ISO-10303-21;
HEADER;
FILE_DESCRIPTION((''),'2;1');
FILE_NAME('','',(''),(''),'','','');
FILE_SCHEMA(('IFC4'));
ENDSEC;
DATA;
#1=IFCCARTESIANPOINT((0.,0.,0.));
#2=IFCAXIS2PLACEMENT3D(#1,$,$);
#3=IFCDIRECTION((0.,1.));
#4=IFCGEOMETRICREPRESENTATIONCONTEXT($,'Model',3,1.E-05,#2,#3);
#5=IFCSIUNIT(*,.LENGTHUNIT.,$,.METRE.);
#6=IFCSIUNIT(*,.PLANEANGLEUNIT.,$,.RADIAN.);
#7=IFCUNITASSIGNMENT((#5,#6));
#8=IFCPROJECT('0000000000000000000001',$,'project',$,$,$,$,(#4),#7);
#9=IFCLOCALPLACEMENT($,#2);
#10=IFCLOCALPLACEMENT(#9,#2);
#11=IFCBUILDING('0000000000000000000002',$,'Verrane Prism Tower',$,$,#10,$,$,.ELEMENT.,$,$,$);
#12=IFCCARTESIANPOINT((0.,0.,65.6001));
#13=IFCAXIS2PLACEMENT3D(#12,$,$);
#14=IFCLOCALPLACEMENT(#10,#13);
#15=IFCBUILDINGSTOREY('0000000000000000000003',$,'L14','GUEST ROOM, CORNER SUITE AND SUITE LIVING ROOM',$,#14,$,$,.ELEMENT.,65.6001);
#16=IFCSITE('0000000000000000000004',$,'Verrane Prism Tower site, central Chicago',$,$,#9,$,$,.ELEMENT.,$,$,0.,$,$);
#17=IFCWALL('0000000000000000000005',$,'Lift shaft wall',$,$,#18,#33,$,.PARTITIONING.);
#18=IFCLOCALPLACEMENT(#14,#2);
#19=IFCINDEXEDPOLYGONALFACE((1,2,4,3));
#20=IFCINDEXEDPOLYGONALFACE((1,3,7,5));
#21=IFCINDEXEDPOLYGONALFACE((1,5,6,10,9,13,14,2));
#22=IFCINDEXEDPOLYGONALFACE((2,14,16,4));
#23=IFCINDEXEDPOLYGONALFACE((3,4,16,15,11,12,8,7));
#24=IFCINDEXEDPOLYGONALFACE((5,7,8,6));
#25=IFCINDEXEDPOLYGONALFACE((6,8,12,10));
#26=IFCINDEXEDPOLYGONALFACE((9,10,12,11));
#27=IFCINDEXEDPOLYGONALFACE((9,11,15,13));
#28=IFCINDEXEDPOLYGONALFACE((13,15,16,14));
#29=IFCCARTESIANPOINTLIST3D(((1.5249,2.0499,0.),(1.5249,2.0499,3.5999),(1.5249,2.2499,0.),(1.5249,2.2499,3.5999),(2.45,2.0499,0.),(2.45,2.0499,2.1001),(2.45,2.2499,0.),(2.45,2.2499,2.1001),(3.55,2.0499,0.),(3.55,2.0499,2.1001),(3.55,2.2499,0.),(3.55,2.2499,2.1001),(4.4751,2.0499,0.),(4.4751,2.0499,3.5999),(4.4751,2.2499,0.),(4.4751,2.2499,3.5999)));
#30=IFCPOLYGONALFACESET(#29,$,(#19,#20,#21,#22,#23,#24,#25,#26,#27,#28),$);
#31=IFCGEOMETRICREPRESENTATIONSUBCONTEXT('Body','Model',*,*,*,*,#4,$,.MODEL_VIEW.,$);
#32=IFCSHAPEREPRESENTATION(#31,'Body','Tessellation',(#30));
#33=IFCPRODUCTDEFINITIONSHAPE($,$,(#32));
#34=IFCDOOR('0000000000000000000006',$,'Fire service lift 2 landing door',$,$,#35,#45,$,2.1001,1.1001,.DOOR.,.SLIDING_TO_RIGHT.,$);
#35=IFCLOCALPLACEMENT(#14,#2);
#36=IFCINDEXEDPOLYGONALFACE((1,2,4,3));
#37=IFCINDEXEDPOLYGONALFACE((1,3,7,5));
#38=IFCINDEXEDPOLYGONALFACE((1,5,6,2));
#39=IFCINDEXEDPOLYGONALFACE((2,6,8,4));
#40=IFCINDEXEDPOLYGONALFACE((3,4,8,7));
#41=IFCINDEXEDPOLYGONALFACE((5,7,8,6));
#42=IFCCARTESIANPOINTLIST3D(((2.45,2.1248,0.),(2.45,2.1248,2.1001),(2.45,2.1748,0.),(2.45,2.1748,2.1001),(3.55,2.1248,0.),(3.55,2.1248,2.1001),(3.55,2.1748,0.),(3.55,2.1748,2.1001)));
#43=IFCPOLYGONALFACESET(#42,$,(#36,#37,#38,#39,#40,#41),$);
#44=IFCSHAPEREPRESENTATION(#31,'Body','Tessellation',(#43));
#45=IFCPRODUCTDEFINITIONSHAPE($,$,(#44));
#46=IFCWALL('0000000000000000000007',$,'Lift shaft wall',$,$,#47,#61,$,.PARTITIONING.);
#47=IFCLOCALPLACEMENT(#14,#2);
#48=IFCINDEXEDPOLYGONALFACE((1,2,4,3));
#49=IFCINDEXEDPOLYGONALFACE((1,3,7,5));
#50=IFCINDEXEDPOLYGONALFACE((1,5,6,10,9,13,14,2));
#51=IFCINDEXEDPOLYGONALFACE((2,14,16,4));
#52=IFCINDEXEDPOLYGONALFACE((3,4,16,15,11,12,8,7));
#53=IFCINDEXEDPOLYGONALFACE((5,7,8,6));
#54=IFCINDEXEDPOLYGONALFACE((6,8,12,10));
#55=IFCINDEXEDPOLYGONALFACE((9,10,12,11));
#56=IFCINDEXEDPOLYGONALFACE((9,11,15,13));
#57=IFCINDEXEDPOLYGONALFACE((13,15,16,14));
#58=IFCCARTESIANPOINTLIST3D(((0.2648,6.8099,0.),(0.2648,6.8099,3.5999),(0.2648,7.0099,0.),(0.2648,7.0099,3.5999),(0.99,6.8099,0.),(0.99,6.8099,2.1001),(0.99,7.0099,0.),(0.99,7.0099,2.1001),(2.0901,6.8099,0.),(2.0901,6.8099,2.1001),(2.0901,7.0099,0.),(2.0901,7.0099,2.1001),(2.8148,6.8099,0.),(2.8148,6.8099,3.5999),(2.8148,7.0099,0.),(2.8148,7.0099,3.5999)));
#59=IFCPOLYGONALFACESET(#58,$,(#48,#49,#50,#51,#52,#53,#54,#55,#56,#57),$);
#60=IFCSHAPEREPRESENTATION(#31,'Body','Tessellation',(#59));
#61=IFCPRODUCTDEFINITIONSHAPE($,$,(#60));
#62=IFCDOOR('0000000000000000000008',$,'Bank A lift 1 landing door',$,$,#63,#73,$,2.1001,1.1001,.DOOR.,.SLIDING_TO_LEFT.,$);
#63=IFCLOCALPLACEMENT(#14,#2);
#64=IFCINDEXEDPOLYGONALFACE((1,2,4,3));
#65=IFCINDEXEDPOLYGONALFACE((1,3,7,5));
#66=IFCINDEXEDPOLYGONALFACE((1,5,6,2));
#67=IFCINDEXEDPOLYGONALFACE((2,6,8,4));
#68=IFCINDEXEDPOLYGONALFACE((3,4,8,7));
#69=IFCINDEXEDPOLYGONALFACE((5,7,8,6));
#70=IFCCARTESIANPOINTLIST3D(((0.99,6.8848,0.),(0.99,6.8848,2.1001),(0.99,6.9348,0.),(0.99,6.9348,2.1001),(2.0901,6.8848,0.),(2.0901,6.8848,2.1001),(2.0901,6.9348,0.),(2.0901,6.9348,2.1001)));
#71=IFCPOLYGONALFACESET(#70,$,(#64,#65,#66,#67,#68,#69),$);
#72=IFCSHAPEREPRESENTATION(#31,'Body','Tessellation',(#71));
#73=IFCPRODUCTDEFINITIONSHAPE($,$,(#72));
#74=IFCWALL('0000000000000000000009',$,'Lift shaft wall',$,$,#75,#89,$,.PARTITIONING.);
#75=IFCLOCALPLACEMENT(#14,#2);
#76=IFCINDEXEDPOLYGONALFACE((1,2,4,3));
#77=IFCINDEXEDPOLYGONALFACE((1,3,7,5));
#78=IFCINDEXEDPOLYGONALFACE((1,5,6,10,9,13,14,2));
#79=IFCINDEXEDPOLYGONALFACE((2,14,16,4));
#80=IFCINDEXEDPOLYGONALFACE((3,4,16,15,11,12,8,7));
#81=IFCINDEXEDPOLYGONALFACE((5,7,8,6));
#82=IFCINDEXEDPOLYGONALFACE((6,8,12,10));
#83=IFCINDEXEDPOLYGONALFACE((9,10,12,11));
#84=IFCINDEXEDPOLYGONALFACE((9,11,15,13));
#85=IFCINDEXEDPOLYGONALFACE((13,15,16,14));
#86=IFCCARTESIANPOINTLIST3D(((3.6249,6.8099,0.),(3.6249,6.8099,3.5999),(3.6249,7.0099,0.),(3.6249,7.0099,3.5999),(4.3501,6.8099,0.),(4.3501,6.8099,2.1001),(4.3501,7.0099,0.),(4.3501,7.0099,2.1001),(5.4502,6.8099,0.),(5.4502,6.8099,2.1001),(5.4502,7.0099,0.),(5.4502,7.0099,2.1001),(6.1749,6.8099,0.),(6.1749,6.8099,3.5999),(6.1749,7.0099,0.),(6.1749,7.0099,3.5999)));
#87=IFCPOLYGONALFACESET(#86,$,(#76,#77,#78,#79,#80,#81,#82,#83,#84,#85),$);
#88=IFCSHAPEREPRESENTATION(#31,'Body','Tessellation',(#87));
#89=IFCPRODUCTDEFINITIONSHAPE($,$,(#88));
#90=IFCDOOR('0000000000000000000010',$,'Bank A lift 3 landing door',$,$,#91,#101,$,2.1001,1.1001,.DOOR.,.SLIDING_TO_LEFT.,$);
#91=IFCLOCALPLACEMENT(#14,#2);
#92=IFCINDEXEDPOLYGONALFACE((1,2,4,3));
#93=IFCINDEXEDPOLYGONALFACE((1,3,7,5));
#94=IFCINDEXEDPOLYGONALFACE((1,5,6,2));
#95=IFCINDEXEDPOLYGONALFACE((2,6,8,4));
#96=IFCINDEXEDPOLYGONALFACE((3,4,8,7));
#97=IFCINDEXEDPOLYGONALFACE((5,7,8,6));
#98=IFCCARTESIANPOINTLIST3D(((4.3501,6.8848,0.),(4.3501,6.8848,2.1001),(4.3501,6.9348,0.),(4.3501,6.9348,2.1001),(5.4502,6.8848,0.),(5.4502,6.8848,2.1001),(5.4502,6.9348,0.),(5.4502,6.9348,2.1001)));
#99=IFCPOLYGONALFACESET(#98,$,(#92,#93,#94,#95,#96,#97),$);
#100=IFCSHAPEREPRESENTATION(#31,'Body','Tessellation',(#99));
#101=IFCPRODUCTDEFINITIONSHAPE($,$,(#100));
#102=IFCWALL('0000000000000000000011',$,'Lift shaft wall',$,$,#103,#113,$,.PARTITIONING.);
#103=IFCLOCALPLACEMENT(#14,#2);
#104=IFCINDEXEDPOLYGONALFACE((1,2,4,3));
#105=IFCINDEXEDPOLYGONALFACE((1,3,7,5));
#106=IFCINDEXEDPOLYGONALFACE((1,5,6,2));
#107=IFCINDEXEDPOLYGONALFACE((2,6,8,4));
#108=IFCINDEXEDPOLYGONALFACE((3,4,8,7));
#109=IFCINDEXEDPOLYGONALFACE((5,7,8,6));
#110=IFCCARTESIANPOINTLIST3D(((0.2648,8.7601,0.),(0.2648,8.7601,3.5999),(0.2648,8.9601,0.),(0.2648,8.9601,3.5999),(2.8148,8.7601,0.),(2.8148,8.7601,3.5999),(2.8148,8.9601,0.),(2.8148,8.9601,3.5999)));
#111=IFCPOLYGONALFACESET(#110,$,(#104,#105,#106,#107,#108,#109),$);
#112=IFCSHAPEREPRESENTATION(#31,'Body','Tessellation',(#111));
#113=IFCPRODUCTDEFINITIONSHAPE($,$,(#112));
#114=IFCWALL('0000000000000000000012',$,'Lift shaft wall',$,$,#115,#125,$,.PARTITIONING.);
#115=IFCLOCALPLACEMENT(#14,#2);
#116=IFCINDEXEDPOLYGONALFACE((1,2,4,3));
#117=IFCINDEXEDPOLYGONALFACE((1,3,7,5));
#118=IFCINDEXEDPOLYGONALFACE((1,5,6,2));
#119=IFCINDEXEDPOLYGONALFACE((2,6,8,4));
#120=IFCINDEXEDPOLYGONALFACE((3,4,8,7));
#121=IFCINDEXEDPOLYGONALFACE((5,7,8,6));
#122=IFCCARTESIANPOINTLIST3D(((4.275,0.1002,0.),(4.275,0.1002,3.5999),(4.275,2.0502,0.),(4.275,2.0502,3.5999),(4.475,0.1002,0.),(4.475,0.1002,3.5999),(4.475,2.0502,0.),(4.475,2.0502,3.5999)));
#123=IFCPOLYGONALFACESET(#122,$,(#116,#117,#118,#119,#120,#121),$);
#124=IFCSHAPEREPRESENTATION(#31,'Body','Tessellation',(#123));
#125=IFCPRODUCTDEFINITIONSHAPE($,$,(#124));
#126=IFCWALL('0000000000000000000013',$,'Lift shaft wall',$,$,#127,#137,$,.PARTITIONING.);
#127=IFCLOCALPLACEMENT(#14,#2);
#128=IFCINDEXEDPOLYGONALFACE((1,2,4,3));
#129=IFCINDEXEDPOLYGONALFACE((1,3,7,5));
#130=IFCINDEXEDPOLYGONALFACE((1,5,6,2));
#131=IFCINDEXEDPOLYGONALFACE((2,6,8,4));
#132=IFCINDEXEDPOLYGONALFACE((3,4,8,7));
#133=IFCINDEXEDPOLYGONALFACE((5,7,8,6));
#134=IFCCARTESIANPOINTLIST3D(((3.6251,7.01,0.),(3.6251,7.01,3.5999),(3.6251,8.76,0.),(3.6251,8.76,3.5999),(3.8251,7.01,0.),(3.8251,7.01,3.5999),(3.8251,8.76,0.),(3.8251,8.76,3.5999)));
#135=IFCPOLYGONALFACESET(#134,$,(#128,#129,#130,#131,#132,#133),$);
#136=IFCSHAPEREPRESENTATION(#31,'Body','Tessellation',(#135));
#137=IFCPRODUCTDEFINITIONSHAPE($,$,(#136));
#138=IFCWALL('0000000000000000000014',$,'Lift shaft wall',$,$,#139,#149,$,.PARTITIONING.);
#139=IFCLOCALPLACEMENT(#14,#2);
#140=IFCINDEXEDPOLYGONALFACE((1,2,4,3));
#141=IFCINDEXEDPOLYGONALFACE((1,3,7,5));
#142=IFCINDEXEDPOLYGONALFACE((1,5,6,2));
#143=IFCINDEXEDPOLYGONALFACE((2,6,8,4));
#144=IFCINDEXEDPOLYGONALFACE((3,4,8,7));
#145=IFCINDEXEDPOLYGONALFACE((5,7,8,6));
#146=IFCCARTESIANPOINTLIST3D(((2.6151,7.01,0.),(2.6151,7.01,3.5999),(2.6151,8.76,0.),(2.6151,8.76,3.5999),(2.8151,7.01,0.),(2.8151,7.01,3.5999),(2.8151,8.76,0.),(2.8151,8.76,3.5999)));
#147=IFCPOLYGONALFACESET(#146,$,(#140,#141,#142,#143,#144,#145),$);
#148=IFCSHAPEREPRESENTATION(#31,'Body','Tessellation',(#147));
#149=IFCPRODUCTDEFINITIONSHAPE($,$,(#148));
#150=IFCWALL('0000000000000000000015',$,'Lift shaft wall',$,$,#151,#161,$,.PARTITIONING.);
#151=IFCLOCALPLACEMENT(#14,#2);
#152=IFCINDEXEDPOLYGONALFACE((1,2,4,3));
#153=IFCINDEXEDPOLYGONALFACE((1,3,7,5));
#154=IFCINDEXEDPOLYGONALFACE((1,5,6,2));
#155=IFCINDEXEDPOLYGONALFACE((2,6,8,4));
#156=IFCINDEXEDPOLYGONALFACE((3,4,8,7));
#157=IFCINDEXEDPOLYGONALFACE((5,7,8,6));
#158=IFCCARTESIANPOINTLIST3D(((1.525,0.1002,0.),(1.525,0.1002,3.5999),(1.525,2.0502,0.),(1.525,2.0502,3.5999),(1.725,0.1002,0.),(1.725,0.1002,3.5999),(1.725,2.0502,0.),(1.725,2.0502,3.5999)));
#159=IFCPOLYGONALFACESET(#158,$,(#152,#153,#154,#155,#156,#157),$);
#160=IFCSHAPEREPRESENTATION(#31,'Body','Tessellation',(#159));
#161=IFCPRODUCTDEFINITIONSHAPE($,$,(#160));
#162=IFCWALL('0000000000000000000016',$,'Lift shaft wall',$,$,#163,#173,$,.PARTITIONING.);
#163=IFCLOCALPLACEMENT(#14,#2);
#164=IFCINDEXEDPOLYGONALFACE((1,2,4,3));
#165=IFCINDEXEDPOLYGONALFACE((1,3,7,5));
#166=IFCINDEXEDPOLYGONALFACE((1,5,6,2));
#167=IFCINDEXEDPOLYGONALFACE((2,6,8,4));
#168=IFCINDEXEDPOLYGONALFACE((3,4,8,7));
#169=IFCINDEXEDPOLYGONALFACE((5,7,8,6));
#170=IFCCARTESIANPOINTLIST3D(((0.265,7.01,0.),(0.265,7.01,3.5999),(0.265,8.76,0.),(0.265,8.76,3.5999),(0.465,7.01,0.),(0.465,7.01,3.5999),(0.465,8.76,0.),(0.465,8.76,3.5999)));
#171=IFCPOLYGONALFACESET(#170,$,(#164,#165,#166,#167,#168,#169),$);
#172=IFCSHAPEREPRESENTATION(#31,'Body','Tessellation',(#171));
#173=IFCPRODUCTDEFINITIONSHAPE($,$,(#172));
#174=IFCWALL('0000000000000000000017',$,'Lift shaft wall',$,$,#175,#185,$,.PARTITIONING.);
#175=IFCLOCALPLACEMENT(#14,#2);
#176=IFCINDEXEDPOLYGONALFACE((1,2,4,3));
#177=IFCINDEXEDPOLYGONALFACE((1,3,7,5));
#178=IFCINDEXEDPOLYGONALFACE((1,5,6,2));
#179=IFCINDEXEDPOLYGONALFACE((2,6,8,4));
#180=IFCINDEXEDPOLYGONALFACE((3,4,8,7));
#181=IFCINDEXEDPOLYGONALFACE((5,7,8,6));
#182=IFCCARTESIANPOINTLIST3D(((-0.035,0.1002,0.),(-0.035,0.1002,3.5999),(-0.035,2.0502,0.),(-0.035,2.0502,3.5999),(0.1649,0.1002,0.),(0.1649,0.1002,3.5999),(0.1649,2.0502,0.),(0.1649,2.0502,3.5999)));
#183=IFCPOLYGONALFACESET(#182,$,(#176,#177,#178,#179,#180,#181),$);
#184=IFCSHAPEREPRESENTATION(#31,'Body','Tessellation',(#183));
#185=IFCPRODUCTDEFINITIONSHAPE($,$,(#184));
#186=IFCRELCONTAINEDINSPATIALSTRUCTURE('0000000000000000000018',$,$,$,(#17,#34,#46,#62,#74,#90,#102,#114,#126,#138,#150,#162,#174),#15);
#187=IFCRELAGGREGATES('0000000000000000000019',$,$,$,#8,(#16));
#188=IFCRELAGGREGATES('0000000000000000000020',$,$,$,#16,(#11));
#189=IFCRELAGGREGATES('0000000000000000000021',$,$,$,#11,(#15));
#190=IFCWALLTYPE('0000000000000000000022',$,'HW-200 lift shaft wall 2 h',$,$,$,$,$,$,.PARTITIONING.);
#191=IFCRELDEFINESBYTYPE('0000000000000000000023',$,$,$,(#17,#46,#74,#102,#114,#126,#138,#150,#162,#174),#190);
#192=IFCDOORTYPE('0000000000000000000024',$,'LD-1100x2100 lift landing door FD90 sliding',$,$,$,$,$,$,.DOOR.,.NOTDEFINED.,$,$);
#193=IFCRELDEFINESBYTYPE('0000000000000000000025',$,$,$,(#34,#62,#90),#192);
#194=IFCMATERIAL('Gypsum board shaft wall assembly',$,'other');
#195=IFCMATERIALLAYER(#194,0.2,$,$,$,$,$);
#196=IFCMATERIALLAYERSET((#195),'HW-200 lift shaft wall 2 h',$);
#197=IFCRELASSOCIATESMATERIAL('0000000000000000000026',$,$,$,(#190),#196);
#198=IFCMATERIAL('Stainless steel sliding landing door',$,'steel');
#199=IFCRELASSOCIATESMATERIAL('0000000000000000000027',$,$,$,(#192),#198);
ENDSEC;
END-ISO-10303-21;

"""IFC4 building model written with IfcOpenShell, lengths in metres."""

from ifc_helpers import new_model, si_unit, direction, frame, frame_2d, origin, place, context, subcontext, project, spatial, rectangle, extrude, material, layer, layer_set, type_object, element, fill, save


model = new_model("IFC4")

# Units and contexts
model_context = context("Model", 3, precision=1e-05, world=origin(), true_north=direction((0.0, 1.0)))
body_context = subcontext(model_context, "Body", "Model", "MODEL_VIEW")
ifc_project = project(units=[si_unit("LENGTHUNIT", "METRE"), si_unit("PLANEANGLEUNIT", "RADIAN")], contexts=[model_context])

# Site, building, storey
site_placement = place(None, origin())
site = spatial("IfcSite", under=ifc_project, at=site_placement, Name="Verrane Prism Tower site, central Chicago", CompositionType="ELEMENT", RefElevation=0.0)
building_placement = place(site_placement, origin())
building = spatial("IfcBuilding", under=site, at=building_placement, Name="Verrane Prism Tower", CompositionType="ELEMENT")
storey_placement = place(building_placement, frame((0.0, 0.0, 65.6001)))
storey = spatial("IfcBuildingStorey", under=building, at=storey_placement, Name="L14", Description="GUEST ROOM, CORNER SUITE AND SUITE LIVING ROOM", CompositionType="ELEMENT", Elevation=65.6001)

# Shared definitions
ifc_material_1 = material(Name="Gypsum board shaft wall assembly", Category="other")
ifc_layer_1 = layer(ifc_material_1, 0.2)
ifc_layer_set_1 = layer_set([ifc_layer_1], Name="HW-200 lift shaft wall 2 h")
wall_type_1 = type_object("IfcWallType", Name="HW-200 lift shaft wall 2 h", PredefinedType="PARTITIONING", material=ifc_layer_set_1)

# Walls, openings, doors
wall_1_placement = place(storey_placement, frame((1.5249, 2.1499, 0.0), z_axis=(0.0, 0.0, 1.0), x_axis=(1.0, 0.0, 0.0)))
wall_1 = element("IfcWall", 1, at=wall_1_placement, inside=storey, type_object=wall_type_1, Name="Lift shaft wall", PredefinedType="PARTITIONING", context=body_context, shape_type="SweptSolid", body=[
    extrude(rectangle(XDim=2.9502, YDim=0.2, at=frame_2d((1.4751, 0.0))), origin(), (0.0, 0.0, 1.0), 3.5999),
])
opening_1_placement = place(wall_1_placement, frame((0.925, 0.0, 0.0)))
opening_1 = element("IfcOpeningElement", 2, at=opening_1_placement, cuts=wall_1, PredefinedType="OPENING", context=body_context, shape_type="SweptSolid", body=[
    extrude(rectangle(XDim=1.1001, YDim=2.1001, at=frame_2d((0.55, 1.05))), frame((0.0, 0.1099, 0.0), z_axis=(0.0, -1.0, 0.0), x_axis=(1.0, 0.0, 0.0)), (0.0, 0.0, 1.0), 0.22),
])
ifc_material_2 = material(Name="Stainless steel sliding landing door", Category="steel")
door_type_1 = type_object("IfcDoorType", Name="LD-1100x2100 lift landing door FD90 sliding", OperationType="NOTDEFINED", PredefinedType="DOOR", material=ifc_material_2)
door_1_placement = place(opening_1_placement, origin())
door_1 = element("IfcDoor", 3, at=door_1_placement, inside=storey, type_object=door_type_1, Name="Fire service lift 2 landing door", OperationType="SLIDING_TO_RIGHT", OverallHeight=2.1001, OverallWidth=1.1001, PredefinedType="DOOR", context=body_context, shape_type="SweptSolid", body=[
    extrude(rectangle(XDim=1.1001, YDim=2.1001, at=frame_2d((0.55, 1.05))), frame((0.0, 0.0249, 0.0), z_axis=(0.0, -1.0, 0.0), x_axis=(1.0, 0.0, 0.0)), (0.0, 0.0, 1.0), 0.05),
])
fill(opening_1, door_1)
wall_2_placement = place(storey_placement, frame((0.2649, 6.9099, 0.0), z_axis=(0.0, 0.0, 1.0), x_axis=(1.0, 0.0, 0.0)))
wall_2 = element("IfcWall", 4, at=wall_2_placement, inside=storey, type_object=wall_type_1, Name="Lift shaft wall", PredefinedType="PARTITIONING", context=body_context, shape_type="SweptSolid", body=[
    extrude(rectangle(XDim=2.55, YDim=0.2, at=frame_2d((1.2749, 0.0))), origin(), (0.0, 0.0, 1.0), 3.5999),
])
opening_2_placement = place(wall_2_placement, frame((0.7251, 0.0, 0.0)))
opening_2 = element("IfcOpeningElement", 5, at=opening_2_placement, cuts=wall_2, PredefinedType="OPENING", context=body_context, shape_type="SweptSolid", body=[
    extrude(rectangle(XDim=1.1001, YDim=2.1001, at=frame_2d((0.55, 1.05))), frame((0.0, 0.1099, 0.0), z_axis=(0.0, -1.0, 0.0), x_axis=(1.0, 0.0, 0.0)), (0.0, 0.0, 1.0), 0.22),
])
door_2_placement = place(opening_2_placement, origin())
door_2 = element("IfcDoor", 6, at=door_2_placement, inside=storey, type_object=door_type_1, Name="Bank A lift 1 landing door", OperationType="SLIDING_TO_LEFT", OverallHeight=2.1001, OverallWidth=1.1001, PredefinedType="DOOR", context=body_context, shape_type="SweptSolid", body=[
    extrude(rectangle(XDim=1.1001, YDim=2.1001, at=frame_2d((0.55, 1.05))), frame((0.0, 0.0249, 0.0), z_axis=(0.0, -1.0, 0.0), x_axis=(1.0, 0.0, 0.0)), (0.0, 0.0, 1.0), 0.05),
])
fill(opening_2, door_2)
wall_3_placement = place(storey_placement, frame((3.625, 6.9099, 0.0), z_axis=(0.0, 0.0, 1.0), x_axis=(1.0, 0.0, 0.0)))
wall_3 = element("IfcWall", 7, at=wall_3_placement, inside=storey, type_object=wall_type_1, Name="Lift shaft wall", PredefinedType="PARTITIONING", context=body_context, shape_type="SweptSolid", body=[
    extrude(rectangle(XDim=2.55, YDim=0.2, at=frame_2d((1.2749, 0.0))), origin(), (0.0, 0.0, 1.0), 3.5999),
])
opening_3_placement = place(wall_3_placement, frame((0.7251, 0.0, 0.0)))
opening_3 = element("IfcOpeningElement", 8, at=opening_3_placement, cuts=wall_3, PredefinedType="OPENING", context=body_context, shape_type="SweptSolid", body=[
    extrude(rectangle(XDim=1.1001, YDim=2.1001, at=frame_2d((0.55, 1.05))), frame((0.0, 0.1099, 0.0), z_axis=(0.0, -1.0, 0.0), x_axis=(1.0, 0.0, 0.0)), (0.0, 0.0, 1.0), 0.22),
])
door_3_placement = place(opening_3_placement, origin())
door_3 = element("IfcDoor", 9, at=door_3_placement, inside=storey, type_object=door_type_1, Name="Bank A lift 3 landing door", OperationType="SLIDING_TO_LEFT", OverallHeight=2.1001, OverallWidth=1.1001, PredefinedType="DOOR", context=body_context, shape_type="SweptSolid", body=[
    extrude(rectangle(XDim=1.1001, YDim=2.1001, at=frame_2d((0.55, 1.05))), frame((0.0, 0.0249, 0.0), z_axis=(0.0, -1.0, 0.0), x_axis=(1.0, 0.0, 0.0)), (0.0, 0.0, 1.0), 0.05),
])
fill(opening_3, door_3)

# Walls
wall_4_placement = place(storey_placement, frame((0.2649, 8.8601, 0.0), z_axis=(0.0, 0.0, 1.0), x_axis=(1.0, 0.0, 0.0)))
element("IfcWall", 10, at=wall_4_placement, inside=storey, type_object=wall_type_1, Name="Lift shaft wall", PredefinedType="PARTITIONING", context=body_context, shape_type="SweptSolid", body=[
    extrude(rectangle(XDim=2.55, YDim=0.2, at=frame_2d((1.2749, 0.0))), origin(), (0.0, 0.0, 1.0), 3.5999),
])
wall_5_placement = place(storey_placement, frame((4.375, 0.1001, 0.0), z_axis=(0.0, 0.0, 1.0), x_axis=(0.0, 1.0, 0.0)))
element("IfcWall", 11, at=wall_5_placement, inside=storey, type_object=wall_type_1, Name="Lift shaft wall", PredefinedType="PARTITIONING", context=body_context, shape_type="SweptSolid", body=[
    extrude(rectangle(XDim=1.95, YDim=0.2, at=frame_2d((0.9751, 0.0))), origin(), (0.0, 0.0, 1.0), 3.5999),
])
for number, where, z_axis, x_axis, name in (
    (12, (3.7251, 7.01, 0.0), (0.0, 0.0, 1.0), (0.0, 1.0, 0.0), "Lift shaft wall"),
    (13, (2.7151, 7.01, 0.0), (0.0, 0.0, 1.0), (0.0, 1.0, 0.0), "Lift shaft wall"),
):
    element("IfcWall", number, at=place(storey_placement, frame(where, z_axis=z_axis, x_axis=x_axis)), inside=storey, type_object=wall_type_1, Name=name, PredefinedType="PARTITIONING", context=body_context, shape_type="SweptSolid", body=[
        extrude(rectangle(XDim=1.75, YDim=0.2, at=frame_2d((0.875, 0.0))), origin(), (0.0, 0.0, 1.0), 3.5999),
    ])
wall_6_placement = place(storey_placement, frame((1.625, 0.1001, 0.0), z_axis=(0.0, 0.0, 1.0), x_axis=(0.0, 1.0, 0.0)))
element("IfcWall", 14, at=wall_6_placement, inside=storey, type_object=wall_type_1, Name="Lift shaft wall", PredefinedType="PARTITIONING", context=body_context, shape_type="SweptSolid", body=[
    extrude(rectangle(XDim=1.95, YDim=0.2, at=frame_2d((0.9751, 0.0))), origin(), (0.0, 0.0, 1.0), 3.5999),
])
wall_7_placement = place(storey_placement, frame((0.365, 7.01, 0.0), z_axis=(0.0, 0.0, 1.0), x_axis=(0.0, 1.0, 0.0)))
element("IfcWall", 15, at=wall_7_placement, inside=storey, type_object=wall_type_1, Name="Lift shaft wall", PredefinedType="PARTITIONING", context=body_context, shape_type="SweptSolid", body=[
    extrude(rectangle(XDim=1.75, YDim=0.2, at=frame_2d((0.875, 0.0))), origin(), (0.0, 0.0, 1.0), 3.5999),
])
wall_8_placement = place(storey_placement, frame((0.0649, 0.1001, 0.0), z_axis=(0.0, 0.0, 1.0), x_axis=(0.0, 1.0, 0.0)))
element("IfcWall", 16, at=wall_8_placement, inside=storey, type_object=wall_type_1, Name="Lift shaft wall", PredefinedType="PARTITIONING", context=body_context, shape_type="SweptSolid", body=[
    extrude(rectangle(XDim=1.95, YDim=0.2, at=frame_2d((0.9751, 0.0))), origin(), (0.0, 0.0, 1.0), 3.5999),
])

save(model, "model.ifc")
